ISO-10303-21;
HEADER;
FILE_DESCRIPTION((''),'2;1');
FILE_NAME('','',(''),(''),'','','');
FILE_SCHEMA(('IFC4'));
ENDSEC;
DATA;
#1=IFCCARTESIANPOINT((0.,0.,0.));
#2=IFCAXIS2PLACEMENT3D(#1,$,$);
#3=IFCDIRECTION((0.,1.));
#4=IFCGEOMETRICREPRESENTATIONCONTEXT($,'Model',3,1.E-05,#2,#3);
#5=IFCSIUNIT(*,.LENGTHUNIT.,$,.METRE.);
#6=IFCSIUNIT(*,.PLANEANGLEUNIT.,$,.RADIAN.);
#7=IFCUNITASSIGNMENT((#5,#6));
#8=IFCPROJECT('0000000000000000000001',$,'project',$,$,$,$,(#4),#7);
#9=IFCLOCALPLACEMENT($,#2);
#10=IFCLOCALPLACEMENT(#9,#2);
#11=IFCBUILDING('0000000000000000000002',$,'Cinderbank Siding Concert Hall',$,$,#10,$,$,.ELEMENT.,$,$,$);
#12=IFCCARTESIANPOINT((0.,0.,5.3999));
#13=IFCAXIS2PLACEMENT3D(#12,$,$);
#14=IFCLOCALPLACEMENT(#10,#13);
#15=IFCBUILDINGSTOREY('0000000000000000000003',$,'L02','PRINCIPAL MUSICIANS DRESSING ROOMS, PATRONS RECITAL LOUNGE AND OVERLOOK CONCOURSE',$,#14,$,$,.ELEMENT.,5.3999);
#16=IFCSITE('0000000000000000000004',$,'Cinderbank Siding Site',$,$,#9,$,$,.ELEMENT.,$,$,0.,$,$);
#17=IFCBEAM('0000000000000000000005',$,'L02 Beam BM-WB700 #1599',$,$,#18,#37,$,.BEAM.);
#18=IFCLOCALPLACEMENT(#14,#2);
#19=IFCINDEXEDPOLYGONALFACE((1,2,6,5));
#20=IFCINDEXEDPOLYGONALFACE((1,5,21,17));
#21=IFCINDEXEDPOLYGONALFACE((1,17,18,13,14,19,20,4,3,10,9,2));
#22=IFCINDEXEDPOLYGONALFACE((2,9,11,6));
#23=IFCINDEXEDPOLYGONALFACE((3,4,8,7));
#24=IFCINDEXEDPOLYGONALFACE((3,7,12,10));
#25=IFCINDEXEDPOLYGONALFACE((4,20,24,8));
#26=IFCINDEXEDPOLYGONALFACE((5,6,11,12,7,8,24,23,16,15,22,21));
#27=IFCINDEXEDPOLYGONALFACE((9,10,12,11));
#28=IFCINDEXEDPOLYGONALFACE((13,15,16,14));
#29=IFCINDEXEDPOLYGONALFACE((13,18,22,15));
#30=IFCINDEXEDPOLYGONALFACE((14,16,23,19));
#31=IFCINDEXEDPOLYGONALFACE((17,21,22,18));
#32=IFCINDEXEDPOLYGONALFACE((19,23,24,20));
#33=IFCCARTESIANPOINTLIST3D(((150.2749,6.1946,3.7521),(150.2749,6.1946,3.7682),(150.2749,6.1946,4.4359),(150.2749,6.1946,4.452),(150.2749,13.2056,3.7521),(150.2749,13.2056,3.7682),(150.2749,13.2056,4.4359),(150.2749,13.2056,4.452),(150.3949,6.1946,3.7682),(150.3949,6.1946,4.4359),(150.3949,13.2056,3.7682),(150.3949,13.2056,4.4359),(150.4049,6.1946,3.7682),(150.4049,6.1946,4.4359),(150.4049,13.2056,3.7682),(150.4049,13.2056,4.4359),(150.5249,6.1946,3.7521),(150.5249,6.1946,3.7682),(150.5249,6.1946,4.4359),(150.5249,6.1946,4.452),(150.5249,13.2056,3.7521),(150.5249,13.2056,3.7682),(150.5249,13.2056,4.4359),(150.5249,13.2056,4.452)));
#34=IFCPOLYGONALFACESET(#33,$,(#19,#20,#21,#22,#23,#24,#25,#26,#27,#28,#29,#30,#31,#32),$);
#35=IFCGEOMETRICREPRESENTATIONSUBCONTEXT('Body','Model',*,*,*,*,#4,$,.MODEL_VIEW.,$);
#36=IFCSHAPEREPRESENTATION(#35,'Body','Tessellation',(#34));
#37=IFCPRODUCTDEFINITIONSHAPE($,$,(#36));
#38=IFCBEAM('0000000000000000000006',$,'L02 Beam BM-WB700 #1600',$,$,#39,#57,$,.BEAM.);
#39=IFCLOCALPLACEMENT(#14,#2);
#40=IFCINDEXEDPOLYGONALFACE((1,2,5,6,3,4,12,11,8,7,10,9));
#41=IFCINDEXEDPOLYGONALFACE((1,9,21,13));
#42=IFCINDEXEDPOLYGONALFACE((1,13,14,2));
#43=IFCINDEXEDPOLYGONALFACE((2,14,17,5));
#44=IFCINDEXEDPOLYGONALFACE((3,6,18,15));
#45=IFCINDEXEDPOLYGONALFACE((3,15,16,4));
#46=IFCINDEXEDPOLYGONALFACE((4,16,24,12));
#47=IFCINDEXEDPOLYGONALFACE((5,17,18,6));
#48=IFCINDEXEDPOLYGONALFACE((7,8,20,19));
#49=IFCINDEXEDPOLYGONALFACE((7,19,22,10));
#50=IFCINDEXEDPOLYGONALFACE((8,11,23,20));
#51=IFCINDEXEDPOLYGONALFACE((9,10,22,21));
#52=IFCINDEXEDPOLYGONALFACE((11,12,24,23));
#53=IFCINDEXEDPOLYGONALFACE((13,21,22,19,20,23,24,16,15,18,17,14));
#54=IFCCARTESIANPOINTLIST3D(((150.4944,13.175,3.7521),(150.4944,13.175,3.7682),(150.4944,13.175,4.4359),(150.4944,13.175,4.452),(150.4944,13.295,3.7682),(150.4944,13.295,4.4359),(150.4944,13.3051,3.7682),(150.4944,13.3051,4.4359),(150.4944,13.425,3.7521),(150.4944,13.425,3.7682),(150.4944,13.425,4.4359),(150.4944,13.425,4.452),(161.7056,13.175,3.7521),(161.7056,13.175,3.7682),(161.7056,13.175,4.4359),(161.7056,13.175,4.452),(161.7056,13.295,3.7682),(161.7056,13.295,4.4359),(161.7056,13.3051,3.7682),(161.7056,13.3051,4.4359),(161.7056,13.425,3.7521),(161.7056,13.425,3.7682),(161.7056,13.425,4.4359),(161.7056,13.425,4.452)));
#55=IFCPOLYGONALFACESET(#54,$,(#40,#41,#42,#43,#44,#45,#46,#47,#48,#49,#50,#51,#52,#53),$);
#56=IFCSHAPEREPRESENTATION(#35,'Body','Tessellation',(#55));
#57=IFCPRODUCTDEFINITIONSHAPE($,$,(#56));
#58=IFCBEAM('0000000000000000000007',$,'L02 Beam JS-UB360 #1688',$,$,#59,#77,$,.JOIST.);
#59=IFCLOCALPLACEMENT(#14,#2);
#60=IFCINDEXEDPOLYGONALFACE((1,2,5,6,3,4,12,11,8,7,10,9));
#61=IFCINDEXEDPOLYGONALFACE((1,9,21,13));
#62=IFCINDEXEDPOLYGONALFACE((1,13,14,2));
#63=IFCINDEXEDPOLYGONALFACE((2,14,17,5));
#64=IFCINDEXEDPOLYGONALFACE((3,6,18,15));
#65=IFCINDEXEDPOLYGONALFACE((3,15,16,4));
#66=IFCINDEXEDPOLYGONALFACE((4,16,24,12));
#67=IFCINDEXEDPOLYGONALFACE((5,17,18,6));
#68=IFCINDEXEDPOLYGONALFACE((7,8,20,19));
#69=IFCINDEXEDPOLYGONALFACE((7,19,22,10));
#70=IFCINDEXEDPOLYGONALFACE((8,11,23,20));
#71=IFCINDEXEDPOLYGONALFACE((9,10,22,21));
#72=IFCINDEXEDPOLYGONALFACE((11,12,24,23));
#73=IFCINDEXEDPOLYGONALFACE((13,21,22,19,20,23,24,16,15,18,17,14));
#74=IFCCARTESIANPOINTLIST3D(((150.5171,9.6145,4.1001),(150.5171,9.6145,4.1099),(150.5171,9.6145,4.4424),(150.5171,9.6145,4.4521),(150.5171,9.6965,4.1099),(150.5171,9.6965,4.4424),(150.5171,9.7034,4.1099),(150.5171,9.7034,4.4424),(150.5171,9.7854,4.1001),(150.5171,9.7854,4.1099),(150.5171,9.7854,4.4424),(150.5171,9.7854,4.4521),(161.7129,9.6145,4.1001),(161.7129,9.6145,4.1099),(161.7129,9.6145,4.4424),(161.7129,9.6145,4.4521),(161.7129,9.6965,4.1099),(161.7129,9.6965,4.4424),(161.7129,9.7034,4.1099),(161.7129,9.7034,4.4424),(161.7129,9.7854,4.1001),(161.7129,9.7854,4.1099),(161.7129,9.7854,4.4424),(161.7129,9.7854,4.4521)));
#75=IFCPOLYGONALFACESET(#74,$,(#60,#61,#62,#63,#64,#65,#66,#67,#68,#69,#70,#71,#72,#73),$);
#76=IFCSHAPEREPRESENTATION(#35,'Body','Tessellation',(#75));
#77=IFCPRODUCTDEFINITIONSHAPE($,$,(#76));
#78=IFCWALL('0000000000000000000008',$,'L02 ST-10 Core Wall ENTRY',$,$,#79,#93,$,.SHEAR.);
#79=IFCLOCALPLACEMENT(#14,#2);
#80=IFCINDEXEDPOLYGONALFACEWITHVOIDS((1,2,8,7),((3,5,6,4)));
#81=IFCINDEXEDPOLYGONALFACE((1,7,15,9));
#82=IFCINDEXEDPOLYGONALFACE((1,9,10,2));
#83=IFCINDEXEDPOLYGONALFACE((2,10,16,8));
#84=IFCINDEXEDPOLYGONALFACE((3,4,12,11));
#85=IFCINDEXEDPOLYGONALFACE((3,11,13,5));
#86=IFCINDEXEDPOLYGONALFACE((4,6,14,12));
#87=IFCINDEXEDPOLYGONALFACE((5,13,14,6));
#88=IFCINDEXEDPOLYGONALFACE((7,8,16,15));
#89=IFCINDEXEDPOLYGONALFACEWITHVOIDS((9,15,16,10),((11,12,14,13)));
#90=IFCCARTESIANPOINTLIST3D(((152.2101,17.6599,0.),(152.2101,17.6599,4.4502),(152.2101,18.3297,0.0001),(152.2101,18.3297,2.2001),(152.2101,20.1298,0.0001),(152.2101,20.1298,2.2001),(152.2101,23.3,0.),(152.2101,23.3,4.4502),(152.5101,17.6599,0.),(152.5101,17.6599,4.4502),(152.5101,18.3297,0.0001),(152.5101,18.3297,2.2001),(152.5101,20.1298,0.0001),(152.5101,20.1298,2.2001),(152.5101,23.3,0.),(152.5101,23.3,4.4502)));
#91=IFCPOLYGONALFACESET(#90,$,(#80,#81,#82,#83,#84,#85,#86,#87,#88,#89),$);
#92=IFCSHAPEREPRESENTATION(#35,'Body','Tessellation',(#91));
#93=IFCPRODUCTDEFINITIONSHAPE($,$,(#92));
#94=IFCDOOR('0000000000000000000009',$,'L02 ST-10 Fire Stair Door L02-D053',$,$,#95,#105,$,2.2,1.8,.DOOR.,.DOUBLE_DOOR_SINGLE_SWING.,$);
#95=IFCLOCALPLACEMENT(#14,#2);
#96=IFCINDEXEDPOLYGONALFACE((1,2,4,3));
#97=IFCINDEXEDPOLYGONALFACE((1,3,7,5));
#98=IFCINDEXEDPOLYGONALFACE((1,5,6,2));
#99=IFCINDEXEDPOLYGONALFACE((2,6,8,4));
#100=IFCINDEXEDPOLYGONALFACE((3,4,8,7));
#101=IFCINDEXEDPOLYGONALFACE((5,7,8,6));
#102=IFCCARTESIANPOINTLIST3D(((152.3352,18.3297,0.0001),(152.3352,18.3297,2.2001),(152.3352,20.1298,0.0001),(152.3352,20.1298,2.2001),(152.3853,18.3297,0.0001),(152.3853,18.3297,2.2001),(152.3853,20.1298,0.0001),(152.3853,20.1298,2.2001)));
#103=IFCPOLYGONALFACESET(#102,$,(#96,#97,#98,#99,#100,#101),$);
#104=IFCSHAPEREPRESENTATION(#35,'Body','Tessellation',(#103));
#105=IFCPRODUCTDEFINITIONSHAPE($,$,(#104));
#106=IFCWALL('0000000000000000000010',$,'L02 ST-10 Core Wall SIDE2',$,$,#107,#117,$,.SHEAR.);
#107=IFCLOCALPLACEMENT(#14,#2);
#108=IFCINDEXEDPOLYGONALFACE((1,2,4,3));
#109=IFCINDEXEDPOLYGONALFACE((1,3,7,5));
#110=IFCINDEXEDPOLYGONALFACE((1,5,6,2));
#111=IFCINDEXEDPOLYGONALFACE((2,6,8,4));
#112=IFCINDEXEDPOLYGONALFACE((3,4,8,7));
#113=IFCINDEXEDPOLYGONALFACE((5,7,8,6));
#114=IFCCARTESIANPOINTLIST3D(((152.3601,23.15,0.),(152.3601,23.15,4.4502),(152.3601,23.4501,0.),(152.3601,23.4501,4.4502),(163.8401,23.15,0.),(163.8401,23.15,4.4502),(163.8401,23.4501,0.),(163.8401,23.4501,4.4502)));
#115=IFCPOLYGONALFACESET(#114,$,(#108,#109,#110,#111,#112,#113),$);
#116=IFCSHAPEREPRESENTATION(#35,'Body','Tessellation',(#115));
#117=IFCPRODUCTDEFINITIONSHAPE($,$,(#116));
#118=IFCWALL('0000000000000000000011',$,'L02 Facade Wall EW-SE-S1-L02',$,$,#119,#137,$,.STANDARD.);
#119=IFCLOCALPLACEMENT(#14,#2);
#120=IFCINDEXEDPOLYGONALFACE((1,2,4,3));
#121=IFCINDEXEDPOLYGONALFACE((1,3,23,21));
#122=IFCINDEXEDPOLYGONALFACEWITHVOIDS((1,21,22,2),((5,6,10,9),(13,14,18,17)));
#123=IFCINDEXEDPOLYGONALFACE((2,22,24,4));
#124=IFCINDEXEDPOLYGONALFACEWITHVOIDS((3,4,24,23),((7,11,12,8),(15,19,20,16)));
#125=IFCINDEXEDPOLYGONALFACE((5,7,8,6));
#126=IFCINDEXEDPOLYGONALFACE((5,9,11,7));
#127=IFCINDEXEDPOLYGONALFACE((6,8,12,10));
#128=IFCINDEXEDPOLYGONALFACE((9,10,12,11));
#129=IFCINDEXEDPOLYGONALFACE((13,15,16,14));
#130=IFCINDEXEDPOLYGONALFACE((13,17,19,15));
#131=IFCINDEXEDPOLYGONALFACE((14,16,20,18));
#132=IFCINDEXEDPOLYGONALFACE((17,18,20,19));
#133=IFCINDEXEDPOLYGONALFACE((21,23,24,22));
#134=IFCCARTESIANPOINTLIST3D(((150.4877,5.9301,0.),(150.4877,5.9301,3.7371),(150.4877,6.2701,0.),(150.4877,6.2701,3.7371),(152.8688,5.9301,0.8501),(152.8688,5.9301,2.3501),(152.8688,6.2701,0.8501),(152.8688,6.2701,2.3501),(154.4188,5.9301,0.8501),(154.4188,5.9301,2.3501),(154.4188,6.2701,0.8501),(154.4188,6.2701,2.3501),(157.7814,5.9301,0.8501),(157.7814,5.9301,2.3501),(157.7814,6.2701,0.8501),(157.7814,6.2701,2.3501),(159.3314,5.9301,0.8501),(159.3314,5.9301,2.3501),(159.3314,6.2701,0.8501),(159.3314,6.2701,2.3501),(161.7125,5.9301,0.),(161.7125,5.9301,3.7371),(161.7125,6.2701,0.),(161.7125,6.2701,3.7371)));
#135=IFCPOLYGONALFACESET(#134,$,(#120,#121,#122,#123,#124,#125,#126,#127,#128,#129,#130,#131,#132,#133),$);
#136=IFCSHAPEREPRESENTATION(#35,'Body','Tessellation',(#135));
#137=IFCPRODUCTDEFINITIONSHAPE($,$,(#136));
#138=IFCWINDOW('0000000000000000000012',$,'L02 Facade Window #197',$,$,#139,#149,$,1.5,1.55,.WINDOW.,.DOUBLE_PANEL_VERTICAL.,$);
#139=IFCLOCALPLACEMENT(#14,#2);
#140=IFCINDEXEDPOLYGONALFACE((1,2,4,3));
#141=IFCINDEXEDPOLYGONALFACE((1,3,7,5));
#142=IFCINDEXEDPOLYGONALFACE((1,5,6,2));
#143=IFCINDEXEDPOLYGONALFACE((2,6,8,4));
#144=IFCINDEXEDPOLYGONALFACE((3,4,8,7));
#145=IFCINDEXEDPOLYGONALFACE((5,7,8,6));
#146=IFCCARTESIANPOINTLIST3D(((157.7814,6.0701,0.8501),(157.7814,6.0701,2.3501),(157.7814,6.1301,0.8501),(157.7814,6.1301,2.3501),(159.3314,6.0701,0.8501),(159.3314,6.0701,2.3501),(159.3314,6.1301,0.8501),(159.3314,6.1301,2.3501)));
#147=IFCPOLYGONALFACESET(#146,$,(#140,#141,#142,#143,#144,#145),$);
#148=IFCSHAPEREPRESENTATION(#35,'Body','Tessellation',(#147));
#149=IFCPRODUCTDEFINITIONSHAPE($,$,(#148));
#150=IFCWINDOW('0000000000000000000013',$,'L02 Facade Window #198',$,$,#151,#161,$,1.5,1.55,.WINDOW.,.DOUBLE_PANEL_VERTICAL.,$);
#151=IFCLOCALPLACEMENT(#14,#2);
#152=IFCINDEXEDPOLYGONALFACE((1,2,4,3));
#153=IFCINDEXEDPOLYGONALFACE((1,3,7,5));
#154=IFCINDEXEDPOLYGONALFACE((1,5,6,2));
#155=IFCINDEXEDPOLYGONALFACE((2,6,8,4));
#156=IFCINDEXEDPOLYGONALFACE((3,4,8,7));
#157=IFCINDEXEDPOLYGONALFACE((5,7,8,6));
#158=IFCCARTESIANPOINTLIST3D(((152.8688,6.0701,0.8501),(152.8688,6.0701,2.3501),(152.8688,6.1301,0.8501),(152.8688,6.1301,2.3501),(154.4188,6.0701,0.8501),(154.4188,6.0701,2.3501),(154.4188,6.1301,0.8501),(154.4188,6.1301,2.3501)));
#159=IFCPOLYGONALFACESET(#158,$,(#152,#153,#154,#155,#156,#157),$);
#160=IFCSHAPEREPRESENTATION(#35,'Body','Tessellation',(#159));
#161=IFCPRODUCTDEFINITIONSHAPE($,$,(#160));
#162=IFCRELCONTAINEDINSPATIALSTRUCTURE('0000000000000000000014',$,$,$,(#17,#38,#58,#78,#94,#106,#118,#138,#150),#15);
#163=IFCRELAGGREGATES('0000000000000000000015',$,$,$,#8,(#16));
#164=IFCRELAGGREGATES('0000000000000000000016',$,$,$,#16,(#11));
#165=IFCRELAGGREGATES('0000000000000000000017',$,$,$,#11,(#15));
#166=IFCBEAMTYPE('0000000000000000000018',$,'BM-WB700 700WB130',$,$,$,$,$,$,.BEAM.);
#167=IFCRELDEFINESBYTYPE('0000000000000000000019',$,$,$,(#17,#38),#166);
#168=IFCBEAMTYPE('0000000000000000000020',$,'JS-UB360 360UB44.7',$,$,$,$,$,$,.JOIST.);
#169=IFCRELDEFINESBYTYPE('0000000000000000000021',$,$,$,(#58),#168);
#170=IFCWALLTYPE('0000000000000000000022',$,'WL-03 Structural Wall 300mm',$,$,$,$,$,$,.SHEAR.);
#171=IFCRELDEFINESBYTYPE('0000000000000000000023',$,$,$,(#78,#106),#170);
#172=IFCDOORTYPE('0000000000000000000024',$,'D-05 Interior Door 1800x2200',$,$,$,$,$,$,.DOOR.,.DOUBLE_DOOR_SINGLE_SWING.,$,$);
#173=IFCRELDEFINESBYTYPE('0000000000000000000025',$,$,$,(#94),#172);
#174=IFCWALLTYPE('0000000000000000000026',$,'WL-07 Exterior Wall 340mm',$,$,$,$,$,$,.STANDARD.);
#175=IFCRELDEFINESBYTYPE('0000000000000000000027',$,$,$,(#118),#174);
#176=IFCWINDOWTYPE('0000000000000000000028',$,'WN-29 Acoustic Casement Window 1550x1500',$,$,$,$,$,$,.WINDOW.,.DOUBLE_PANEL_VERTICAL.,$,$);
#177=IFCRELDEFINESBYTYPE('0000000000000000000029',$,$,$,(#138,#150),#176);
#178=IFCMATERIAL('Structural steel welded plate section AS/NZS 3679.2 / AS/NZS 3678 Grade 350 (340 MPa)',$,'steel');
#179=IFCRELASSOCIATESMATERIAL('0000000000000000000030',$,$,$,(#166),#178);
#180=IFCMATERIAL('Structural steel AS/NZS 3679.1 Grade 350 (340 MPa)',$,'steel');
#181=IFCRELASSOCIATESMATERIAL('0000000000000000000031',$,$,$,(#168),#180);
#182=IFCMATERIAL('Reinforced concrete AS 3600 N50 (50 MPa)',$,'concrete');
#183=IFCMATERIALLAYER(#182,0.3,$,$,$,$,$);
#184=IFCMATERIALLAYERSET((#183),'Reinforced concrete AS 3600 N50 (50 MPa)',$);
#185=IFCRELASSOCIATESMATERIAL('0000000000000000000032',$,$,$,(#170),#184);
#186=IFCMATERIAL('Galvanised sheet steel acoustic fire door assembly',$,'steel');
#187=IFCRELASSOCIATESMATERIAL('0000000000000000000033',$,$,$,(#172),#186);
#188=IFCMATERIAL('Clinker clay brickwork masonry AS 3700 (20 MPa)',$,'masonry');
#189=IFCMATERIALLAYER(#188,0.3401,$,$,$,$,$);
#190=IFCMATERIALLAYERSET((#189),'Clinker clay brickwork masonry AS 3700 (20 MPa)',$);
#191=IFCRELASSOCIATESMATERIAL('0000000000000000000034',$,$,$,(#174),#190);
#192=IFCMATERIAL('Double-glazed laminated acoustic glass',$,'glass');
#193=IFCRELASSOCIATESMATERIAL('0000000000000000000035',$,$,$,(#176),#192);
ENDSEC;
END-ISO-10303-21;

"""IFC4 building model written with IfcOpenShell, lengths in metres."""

from ifc_helpers import new_model, si_unit, direction, frame, frame_2d, origin, origin_2d, place, context, subcontext, project, spatial, rectangle, i_section, extrude, material, layer, layer_set, material_profile, profile_set, type_object, element, fill, save


model = new_model("IFC4")

# Units and contexts
model_context = context("Model", 3, precision=1e-05, world=origin(), true_north=direction((0.0, 1.0)))
body_context = subcontext(model_context, "Body", "Model", "MODEL_VIEW")
ifc_project = project(units=[si_unit("LENGTHUNIT", "METRE"), si_unit("PLANEANGLEUNIT", "RADIAN")], contexts=[model_context])

# Site, building, storey
site_placement = place(None, origin())
site = spatial("IfcSite", under=ifc_project, at=site_placement, Name="Cinderbank Siding Site", CompositionType="ELEMENT", RefElevation=0.0)
building_placement = place(site_placement, origin())
building = spatial("IfcBuilding", under=site, at=building_placement, Name="Cinderbank Siding Concert Hall", CompositionType="ELEMENT")
storey_placement = place(building_placement, frame((0.0, 0.0, 5.3999)))
storey = spatial("IfcBuildingStorey", under=building, at=storey_placement, Name="L02", Description="PRINCIPAL MUSICIANS DRESSING ROOMS, PATRONS RECITAL LOUNGE AND OVERLOOK CONCOURSE", CompositionType="ELEMENT", Elevation=5.3999)

# Shared definitions
ifc_material_1 = material(Name="Structural steel AS/NZS 3679.1 Grade 350 (340 MPa)", Category="steel")

# Beams
ifc_material_2 = material(Name="Structural steel welded plate section AS/NZS 3679.2 / AS/NZS 3678 Grade 350 (340 MPa)", Category="steel")
ifc_material_profile_1 = material_profile(ifc_material_2, i_section(OverallWidth=0.25, OverallDepth=0.7, WebThickness=0.01, FlangeThickness=0.0161, at=origin_2d()), Name="700WB130", Category="LoadBearing")
ifc_profile_set_1 = profile_set([ifc_material_profile_1], Name="Structural steel welded plate section AS/NZS 3679.2 / AS/NZS 3678 Grade 350 (340 MPa)")
beam_type_1 = type_object("IfcBeamType", Name="BM-WB700 700WB130", PredefinedType="BEAM", material=ifc_profile_set_1)
beam_1_placement = place(storey_placement, frame((150.3999, 6.1946, 4.1021), z_axis=(0.0, 1.0, 0.0), x_axis=(-1.0, 0.0, 0.0)))
element("IfcBeam", 1, at=beam_1_placement, inside=storey, type_object=beam_type_1, Name="L02 Beam BM-WB700 #1599", PredefinedType="BEAM", context=body_context, shape_type="SweptSolid", body=[
    extrude(i_section(OverallWidth=0.25, OverallDepth=0.7, WebThickness=0.01, FlangeThickness=0.0161, at=origin_2d()), origin(), (0.0, 0.0, 1.0), 7.011),
])
beam_2_placement = place(storey_placement, frame((150.4944, 13.3, 4.1021), z_axis=(1.0, 0.0, 0.0), x_axis=(0.0, 1.0, 0.0)))
element("IfcBeam", 2, at=beam_2_placement, inside=storey, type_object=beam_type_1, Name="L02 Beam BM-WB700 #1600", PredefinedType="BEAM", context=body_context, shape_type="SweptSolid", body=[
    extrude(i_section(OverallWidth=0.25, OverallDepth=0.7, WebThickness=0.01, FlangeThickness=0.0161, at=origin_2d()), origin(), (0.0, 0.0, 1.0), 11.2112),
])
ifc_material_profile_2 = material_profile(ifc_material_1, i_section(OverallWidth=0.1709, OverallDepth=0.3521, WebThickness=0.0068, FlangeThickness=0.0098, at=origin_2d()), Name="360UB44.7", Category="LoadBearing")
ifc_profile_set_2 = profile_set([ifc_material_profile_2], Name="Structural steel AS/NZS 3679.1 Grade 350 (340 MPa)")
beam_type_2 = type_object("IfcBeamType", Name="JS-UB360 360UB44.7", PredefinedType="JOIST", material=ifc_profile_set_2)
beam_3_placement = place(storey_placement, frame((150.5171, 9.7, 4.2761), z_axis=(1.0, 0.0, 0.0), x_axis=(0.0, 1.0, 0.0)))
element("IfcBeam", 3, at=beam_3_placement, inside=storey, type_object=beam_type_2, Name="L02 Beam JS-UB360 #1688", PredefinedType="JOIST", context=body_context, shape_type="SweptSolid", body=[
    extrude(i_section(OverallWidth=0.1709, OverallDepth=0.3521, WebThickness=0.0068, FlangeThickness=0.0098, at=origin_2d()), origin(), (0.0, 0.0, 1.0), 11.1958),
])

# Wall, opening, door
ifc_material_3 = material(Name="Reinforced concrete AS 3600 N50 (50 MPa)", Category="concrete")
ifc_layer_1 = layer(ifc_material_3, 0.3)
ifc_layer_set_1 = layer_set([ifc_layer_1], Name="Reinforced concrete AS 3600 N50 (50 MPa)")
wall_type_1 = type_object("IfcWallType", Name="WL-03 Structural Wall 300mm", PredefinedType="SHEAR", material=ifc_layer_set_1)
wall_1_placement = place(storey_placement, frame((152.3601, 17.6599, 0.0), z_axis=(0.0, 0.0, 1.0), x_axis=(0.0, 1.0, 0.0)))
wall_1 = element("IfcWall", 4, at=wall_1_placement, inside=storey, type_object=wall_type_1, Name="L02 ST-10 Core Wall ENTRY", PredefinedType="SHEAR", context=body_context, shape_type="SweptSolid", body=[
    extrude(rectangle(XDim=5.6401, YDim=0.3, at=frame_2d((2.8201, 0.0))), origin(), (0.0, 0.0, 1.0), 4.4502),
])
opening_1_placement = place(wall_1_placement, frame((0.6699, 0.0, 0.0)))
opening_1 = element("IfcOpeningElement", 5, at=opening_1_placement, cuts=wall_1, PredefinedType="OPENING", context=body_context, shape_type="SweptSolid", body=[
    extrude(rectangle(XDim=1.8, YDim=2.2, at=frame_2d((0.8999, 1.1001))), frame((0.0, 0.1621, 0.0), z_axis=(0.0, -1.0, 0.0), x_axis=(1.0, 0.0, 0.0)), (0.0, 0.0, 1.0), 0.324),
])
ifc_material_4 = material(Name="Galvanised sheet steel acoustic fire door assembly", Category="steel")
door_type = type_object("IfcDoorType", Name="D-05 Interior Door 1800x2200", OperationType="DOUBLE_DOOR_SINGLE_SWING", PredefinedType="DOOR", material=ifc_material_4)
door_placement = place(opening_1_placement, origin())
door = element("IfcDoor", 6, at=door_placement, inside=storey, type_object=door_type, Name="L02 ST-10 Fire Stair Door L02-D053", OperationType="DOUBLE_DOOR_SINGLE_SWING", OverallHeight=2.2, OverallWidth=1.8, PredefinedType="DOOR", context=body_context, shape_type="SweptSolid", body=[
    extrude(rectangle(XDim=1.8, YDim=2.2, at=frame_2d((0.8999, 1.1001))), frame((0.0, 0.0249, 0.0), z_axis=(0.0, -1.0, 0.0), x_axis=(1.0, 0.0, 0.0)), (0.0, 0.0, 1.0), 0.05),
])
fill(opening_1, door)

# Wall
wall_2_placement = place(storey_placement, frame((152.3601, 23.3, 0.0), z_axis=(0.0, 0.0, 1.0), x_axis=(1.0, 0.0, 0.0)))
element("IfcWall", 7, at=wall_2_placement, inside=storey, type_object=wall_type_1, Name="L02 ST-10 Core Wall SIDE2", PredefinedType="SHEAR", context=body_context, shape_type="SweptSolid", body=[
    extrude(rectangle(XDim=11.48, YDim=0.3, at=frame_2d((5.74, 0.0))), origin(), (0.0, 0.0, 1.0), 4.4502),
])

# Wall, openings, windows
ifc_material_5 = material(Name="Clinker clay brickwork masonry AS 3700 (20 MPa)", Category="masonry")
ifc_layer_2 = layer(ifc_material_5, 0.3401)
ifc_layer_set_2 = layer_set([ifc_layer_2], Name="Clinker clay brickwork masonry AS 3700 (20 MPa)")
wall_type_2 = type_object("IfcWallType", Name="WL-07 Exterior Wall 340mm", PredefinedType="STANDARD", material=ifc_layer_set_2)
wall_3_placement = place(storey_placement, frame((161.7124, 6.1001, 0.0), z_axis=(0.0, 0.0, 1.0), x_axis=(-1.0, 0.0, 0.0)))
wall_3 = element("IfcWall", 8, at=wall_3_placement, inside=storey, type_object=wall_type_2, Name="L02 Facade Wall EW-SE-S1-L02", PredefinedType="STANDARD", context=body_context, shape_type="SweptSolid", body=[
    extrude(rectangle(XDim=11.2249, YDim=0.3401, at=frame_2d((5.6123, 0.0))), origin(), (0.0, 0.0, 1.0), 3.7371),
])
opening_2_placement = place(wall_3_placement, frame((2.3811, 0.0, 0.8501)))
opening_2 = element("IfcOpeningElement", 9, at=opening_2_placement, cuts=wall_3, PredefinedType="OPENING", context=body_context, shape_type="SweptSolid", body=[
    extrude(rectangle(XDim=1.55, YDim=1.5, at=frame_2d((0.7749, 0.75))), frame((0.0, 0.1821, 0.0), z_axis=(0.0, -1.0, 0.0), x_axis=(1.0, 0.0, 0.0)), (0.0, 0.0, 1.0), 0.364),
])
opening_3_placement = place(wall_3_placement, frame((7.2937, 0.0, 0.8501)))
opening_3 = element("IfcOpeningElement", 10, at=opening_3_placement, cuts=wall_3, PredefinedType="OPENING", context=body_context, shape_type="SweptSolid", body=[
    extrude(rectangle(XDim=1.55, YDim=1.5, at=frame_2d((0.7749, 0.75))), frame((0.0, 0.1821, 0.0), z_axis=(0.0, -1.0, 0.0), x_axis=(1.0, 0.0, 0.0)), (0.0, 0.0, 1.0), 0.364),
])
ifc_material_6 = material(Name="Double-glazed laminated acoustic glass", Category="glass")
window_type = type_object("IfcWindowType", Name="WN-29 Acoustic Casement Window 1550x1500", PartitioningType="DOUBLE_PANEL_VERTICAL", PredefinedType="WINDOW", material=ifc_material_6)
window_1_placement = place(opening_2_placement, origin())
window_1 = element("IfcWindow", 11, at=window_1_placement, inside=storey, type_object=window_type, Name="L02 Facade Window #197", OverallHeight=1.5, OverallWidth=1.55, PartitioningType="DOUBLE_PANEL_VERTICAL", PredefinedType="WINDOW", context=body_context, shape_type="SweptSolid", body=[
    extrude(rectangle(XDim=1.55, YDim=1.5, at=frame_2d((0.7749, 0.75))), frame((0.0, 0.03, 0.0), z_axis=(0.0, -1.0, 0.0), x_axis=(1.0, 0.0, 0.0)), (0.0, 0.0, 1.0), 0.0601),
])
fill(opening_2, window_1)
window_2_placement = place(opening_3_placement, origin())
window_2 = element("IfcWindow", 12, at=window_2_placement, inside=storey, type_object=window_type, Name="L02 Facade Window #198", OverallHeight=1.5, OverallWidth=1.55, PartitioningType="DOUBLE_PANEL_VERTICAL", PredefinedType="WINDOW", context=body_context, shape_type="SweptSolid", body=[
    extrude(rectangle(XDim=1.55, YDim=1.5, at=frame_2d((0.7749, 0.75))), frame((0.0, 0.03, 0.0), z_axis=(0.0, -1.0, 0.0), x_axis=(1.0, 0.0, 0.0)), (0.0, 0.0, 1.0), 0.0601),
])
fill(opening_3, window_2)

save(model, "model.ifc")
